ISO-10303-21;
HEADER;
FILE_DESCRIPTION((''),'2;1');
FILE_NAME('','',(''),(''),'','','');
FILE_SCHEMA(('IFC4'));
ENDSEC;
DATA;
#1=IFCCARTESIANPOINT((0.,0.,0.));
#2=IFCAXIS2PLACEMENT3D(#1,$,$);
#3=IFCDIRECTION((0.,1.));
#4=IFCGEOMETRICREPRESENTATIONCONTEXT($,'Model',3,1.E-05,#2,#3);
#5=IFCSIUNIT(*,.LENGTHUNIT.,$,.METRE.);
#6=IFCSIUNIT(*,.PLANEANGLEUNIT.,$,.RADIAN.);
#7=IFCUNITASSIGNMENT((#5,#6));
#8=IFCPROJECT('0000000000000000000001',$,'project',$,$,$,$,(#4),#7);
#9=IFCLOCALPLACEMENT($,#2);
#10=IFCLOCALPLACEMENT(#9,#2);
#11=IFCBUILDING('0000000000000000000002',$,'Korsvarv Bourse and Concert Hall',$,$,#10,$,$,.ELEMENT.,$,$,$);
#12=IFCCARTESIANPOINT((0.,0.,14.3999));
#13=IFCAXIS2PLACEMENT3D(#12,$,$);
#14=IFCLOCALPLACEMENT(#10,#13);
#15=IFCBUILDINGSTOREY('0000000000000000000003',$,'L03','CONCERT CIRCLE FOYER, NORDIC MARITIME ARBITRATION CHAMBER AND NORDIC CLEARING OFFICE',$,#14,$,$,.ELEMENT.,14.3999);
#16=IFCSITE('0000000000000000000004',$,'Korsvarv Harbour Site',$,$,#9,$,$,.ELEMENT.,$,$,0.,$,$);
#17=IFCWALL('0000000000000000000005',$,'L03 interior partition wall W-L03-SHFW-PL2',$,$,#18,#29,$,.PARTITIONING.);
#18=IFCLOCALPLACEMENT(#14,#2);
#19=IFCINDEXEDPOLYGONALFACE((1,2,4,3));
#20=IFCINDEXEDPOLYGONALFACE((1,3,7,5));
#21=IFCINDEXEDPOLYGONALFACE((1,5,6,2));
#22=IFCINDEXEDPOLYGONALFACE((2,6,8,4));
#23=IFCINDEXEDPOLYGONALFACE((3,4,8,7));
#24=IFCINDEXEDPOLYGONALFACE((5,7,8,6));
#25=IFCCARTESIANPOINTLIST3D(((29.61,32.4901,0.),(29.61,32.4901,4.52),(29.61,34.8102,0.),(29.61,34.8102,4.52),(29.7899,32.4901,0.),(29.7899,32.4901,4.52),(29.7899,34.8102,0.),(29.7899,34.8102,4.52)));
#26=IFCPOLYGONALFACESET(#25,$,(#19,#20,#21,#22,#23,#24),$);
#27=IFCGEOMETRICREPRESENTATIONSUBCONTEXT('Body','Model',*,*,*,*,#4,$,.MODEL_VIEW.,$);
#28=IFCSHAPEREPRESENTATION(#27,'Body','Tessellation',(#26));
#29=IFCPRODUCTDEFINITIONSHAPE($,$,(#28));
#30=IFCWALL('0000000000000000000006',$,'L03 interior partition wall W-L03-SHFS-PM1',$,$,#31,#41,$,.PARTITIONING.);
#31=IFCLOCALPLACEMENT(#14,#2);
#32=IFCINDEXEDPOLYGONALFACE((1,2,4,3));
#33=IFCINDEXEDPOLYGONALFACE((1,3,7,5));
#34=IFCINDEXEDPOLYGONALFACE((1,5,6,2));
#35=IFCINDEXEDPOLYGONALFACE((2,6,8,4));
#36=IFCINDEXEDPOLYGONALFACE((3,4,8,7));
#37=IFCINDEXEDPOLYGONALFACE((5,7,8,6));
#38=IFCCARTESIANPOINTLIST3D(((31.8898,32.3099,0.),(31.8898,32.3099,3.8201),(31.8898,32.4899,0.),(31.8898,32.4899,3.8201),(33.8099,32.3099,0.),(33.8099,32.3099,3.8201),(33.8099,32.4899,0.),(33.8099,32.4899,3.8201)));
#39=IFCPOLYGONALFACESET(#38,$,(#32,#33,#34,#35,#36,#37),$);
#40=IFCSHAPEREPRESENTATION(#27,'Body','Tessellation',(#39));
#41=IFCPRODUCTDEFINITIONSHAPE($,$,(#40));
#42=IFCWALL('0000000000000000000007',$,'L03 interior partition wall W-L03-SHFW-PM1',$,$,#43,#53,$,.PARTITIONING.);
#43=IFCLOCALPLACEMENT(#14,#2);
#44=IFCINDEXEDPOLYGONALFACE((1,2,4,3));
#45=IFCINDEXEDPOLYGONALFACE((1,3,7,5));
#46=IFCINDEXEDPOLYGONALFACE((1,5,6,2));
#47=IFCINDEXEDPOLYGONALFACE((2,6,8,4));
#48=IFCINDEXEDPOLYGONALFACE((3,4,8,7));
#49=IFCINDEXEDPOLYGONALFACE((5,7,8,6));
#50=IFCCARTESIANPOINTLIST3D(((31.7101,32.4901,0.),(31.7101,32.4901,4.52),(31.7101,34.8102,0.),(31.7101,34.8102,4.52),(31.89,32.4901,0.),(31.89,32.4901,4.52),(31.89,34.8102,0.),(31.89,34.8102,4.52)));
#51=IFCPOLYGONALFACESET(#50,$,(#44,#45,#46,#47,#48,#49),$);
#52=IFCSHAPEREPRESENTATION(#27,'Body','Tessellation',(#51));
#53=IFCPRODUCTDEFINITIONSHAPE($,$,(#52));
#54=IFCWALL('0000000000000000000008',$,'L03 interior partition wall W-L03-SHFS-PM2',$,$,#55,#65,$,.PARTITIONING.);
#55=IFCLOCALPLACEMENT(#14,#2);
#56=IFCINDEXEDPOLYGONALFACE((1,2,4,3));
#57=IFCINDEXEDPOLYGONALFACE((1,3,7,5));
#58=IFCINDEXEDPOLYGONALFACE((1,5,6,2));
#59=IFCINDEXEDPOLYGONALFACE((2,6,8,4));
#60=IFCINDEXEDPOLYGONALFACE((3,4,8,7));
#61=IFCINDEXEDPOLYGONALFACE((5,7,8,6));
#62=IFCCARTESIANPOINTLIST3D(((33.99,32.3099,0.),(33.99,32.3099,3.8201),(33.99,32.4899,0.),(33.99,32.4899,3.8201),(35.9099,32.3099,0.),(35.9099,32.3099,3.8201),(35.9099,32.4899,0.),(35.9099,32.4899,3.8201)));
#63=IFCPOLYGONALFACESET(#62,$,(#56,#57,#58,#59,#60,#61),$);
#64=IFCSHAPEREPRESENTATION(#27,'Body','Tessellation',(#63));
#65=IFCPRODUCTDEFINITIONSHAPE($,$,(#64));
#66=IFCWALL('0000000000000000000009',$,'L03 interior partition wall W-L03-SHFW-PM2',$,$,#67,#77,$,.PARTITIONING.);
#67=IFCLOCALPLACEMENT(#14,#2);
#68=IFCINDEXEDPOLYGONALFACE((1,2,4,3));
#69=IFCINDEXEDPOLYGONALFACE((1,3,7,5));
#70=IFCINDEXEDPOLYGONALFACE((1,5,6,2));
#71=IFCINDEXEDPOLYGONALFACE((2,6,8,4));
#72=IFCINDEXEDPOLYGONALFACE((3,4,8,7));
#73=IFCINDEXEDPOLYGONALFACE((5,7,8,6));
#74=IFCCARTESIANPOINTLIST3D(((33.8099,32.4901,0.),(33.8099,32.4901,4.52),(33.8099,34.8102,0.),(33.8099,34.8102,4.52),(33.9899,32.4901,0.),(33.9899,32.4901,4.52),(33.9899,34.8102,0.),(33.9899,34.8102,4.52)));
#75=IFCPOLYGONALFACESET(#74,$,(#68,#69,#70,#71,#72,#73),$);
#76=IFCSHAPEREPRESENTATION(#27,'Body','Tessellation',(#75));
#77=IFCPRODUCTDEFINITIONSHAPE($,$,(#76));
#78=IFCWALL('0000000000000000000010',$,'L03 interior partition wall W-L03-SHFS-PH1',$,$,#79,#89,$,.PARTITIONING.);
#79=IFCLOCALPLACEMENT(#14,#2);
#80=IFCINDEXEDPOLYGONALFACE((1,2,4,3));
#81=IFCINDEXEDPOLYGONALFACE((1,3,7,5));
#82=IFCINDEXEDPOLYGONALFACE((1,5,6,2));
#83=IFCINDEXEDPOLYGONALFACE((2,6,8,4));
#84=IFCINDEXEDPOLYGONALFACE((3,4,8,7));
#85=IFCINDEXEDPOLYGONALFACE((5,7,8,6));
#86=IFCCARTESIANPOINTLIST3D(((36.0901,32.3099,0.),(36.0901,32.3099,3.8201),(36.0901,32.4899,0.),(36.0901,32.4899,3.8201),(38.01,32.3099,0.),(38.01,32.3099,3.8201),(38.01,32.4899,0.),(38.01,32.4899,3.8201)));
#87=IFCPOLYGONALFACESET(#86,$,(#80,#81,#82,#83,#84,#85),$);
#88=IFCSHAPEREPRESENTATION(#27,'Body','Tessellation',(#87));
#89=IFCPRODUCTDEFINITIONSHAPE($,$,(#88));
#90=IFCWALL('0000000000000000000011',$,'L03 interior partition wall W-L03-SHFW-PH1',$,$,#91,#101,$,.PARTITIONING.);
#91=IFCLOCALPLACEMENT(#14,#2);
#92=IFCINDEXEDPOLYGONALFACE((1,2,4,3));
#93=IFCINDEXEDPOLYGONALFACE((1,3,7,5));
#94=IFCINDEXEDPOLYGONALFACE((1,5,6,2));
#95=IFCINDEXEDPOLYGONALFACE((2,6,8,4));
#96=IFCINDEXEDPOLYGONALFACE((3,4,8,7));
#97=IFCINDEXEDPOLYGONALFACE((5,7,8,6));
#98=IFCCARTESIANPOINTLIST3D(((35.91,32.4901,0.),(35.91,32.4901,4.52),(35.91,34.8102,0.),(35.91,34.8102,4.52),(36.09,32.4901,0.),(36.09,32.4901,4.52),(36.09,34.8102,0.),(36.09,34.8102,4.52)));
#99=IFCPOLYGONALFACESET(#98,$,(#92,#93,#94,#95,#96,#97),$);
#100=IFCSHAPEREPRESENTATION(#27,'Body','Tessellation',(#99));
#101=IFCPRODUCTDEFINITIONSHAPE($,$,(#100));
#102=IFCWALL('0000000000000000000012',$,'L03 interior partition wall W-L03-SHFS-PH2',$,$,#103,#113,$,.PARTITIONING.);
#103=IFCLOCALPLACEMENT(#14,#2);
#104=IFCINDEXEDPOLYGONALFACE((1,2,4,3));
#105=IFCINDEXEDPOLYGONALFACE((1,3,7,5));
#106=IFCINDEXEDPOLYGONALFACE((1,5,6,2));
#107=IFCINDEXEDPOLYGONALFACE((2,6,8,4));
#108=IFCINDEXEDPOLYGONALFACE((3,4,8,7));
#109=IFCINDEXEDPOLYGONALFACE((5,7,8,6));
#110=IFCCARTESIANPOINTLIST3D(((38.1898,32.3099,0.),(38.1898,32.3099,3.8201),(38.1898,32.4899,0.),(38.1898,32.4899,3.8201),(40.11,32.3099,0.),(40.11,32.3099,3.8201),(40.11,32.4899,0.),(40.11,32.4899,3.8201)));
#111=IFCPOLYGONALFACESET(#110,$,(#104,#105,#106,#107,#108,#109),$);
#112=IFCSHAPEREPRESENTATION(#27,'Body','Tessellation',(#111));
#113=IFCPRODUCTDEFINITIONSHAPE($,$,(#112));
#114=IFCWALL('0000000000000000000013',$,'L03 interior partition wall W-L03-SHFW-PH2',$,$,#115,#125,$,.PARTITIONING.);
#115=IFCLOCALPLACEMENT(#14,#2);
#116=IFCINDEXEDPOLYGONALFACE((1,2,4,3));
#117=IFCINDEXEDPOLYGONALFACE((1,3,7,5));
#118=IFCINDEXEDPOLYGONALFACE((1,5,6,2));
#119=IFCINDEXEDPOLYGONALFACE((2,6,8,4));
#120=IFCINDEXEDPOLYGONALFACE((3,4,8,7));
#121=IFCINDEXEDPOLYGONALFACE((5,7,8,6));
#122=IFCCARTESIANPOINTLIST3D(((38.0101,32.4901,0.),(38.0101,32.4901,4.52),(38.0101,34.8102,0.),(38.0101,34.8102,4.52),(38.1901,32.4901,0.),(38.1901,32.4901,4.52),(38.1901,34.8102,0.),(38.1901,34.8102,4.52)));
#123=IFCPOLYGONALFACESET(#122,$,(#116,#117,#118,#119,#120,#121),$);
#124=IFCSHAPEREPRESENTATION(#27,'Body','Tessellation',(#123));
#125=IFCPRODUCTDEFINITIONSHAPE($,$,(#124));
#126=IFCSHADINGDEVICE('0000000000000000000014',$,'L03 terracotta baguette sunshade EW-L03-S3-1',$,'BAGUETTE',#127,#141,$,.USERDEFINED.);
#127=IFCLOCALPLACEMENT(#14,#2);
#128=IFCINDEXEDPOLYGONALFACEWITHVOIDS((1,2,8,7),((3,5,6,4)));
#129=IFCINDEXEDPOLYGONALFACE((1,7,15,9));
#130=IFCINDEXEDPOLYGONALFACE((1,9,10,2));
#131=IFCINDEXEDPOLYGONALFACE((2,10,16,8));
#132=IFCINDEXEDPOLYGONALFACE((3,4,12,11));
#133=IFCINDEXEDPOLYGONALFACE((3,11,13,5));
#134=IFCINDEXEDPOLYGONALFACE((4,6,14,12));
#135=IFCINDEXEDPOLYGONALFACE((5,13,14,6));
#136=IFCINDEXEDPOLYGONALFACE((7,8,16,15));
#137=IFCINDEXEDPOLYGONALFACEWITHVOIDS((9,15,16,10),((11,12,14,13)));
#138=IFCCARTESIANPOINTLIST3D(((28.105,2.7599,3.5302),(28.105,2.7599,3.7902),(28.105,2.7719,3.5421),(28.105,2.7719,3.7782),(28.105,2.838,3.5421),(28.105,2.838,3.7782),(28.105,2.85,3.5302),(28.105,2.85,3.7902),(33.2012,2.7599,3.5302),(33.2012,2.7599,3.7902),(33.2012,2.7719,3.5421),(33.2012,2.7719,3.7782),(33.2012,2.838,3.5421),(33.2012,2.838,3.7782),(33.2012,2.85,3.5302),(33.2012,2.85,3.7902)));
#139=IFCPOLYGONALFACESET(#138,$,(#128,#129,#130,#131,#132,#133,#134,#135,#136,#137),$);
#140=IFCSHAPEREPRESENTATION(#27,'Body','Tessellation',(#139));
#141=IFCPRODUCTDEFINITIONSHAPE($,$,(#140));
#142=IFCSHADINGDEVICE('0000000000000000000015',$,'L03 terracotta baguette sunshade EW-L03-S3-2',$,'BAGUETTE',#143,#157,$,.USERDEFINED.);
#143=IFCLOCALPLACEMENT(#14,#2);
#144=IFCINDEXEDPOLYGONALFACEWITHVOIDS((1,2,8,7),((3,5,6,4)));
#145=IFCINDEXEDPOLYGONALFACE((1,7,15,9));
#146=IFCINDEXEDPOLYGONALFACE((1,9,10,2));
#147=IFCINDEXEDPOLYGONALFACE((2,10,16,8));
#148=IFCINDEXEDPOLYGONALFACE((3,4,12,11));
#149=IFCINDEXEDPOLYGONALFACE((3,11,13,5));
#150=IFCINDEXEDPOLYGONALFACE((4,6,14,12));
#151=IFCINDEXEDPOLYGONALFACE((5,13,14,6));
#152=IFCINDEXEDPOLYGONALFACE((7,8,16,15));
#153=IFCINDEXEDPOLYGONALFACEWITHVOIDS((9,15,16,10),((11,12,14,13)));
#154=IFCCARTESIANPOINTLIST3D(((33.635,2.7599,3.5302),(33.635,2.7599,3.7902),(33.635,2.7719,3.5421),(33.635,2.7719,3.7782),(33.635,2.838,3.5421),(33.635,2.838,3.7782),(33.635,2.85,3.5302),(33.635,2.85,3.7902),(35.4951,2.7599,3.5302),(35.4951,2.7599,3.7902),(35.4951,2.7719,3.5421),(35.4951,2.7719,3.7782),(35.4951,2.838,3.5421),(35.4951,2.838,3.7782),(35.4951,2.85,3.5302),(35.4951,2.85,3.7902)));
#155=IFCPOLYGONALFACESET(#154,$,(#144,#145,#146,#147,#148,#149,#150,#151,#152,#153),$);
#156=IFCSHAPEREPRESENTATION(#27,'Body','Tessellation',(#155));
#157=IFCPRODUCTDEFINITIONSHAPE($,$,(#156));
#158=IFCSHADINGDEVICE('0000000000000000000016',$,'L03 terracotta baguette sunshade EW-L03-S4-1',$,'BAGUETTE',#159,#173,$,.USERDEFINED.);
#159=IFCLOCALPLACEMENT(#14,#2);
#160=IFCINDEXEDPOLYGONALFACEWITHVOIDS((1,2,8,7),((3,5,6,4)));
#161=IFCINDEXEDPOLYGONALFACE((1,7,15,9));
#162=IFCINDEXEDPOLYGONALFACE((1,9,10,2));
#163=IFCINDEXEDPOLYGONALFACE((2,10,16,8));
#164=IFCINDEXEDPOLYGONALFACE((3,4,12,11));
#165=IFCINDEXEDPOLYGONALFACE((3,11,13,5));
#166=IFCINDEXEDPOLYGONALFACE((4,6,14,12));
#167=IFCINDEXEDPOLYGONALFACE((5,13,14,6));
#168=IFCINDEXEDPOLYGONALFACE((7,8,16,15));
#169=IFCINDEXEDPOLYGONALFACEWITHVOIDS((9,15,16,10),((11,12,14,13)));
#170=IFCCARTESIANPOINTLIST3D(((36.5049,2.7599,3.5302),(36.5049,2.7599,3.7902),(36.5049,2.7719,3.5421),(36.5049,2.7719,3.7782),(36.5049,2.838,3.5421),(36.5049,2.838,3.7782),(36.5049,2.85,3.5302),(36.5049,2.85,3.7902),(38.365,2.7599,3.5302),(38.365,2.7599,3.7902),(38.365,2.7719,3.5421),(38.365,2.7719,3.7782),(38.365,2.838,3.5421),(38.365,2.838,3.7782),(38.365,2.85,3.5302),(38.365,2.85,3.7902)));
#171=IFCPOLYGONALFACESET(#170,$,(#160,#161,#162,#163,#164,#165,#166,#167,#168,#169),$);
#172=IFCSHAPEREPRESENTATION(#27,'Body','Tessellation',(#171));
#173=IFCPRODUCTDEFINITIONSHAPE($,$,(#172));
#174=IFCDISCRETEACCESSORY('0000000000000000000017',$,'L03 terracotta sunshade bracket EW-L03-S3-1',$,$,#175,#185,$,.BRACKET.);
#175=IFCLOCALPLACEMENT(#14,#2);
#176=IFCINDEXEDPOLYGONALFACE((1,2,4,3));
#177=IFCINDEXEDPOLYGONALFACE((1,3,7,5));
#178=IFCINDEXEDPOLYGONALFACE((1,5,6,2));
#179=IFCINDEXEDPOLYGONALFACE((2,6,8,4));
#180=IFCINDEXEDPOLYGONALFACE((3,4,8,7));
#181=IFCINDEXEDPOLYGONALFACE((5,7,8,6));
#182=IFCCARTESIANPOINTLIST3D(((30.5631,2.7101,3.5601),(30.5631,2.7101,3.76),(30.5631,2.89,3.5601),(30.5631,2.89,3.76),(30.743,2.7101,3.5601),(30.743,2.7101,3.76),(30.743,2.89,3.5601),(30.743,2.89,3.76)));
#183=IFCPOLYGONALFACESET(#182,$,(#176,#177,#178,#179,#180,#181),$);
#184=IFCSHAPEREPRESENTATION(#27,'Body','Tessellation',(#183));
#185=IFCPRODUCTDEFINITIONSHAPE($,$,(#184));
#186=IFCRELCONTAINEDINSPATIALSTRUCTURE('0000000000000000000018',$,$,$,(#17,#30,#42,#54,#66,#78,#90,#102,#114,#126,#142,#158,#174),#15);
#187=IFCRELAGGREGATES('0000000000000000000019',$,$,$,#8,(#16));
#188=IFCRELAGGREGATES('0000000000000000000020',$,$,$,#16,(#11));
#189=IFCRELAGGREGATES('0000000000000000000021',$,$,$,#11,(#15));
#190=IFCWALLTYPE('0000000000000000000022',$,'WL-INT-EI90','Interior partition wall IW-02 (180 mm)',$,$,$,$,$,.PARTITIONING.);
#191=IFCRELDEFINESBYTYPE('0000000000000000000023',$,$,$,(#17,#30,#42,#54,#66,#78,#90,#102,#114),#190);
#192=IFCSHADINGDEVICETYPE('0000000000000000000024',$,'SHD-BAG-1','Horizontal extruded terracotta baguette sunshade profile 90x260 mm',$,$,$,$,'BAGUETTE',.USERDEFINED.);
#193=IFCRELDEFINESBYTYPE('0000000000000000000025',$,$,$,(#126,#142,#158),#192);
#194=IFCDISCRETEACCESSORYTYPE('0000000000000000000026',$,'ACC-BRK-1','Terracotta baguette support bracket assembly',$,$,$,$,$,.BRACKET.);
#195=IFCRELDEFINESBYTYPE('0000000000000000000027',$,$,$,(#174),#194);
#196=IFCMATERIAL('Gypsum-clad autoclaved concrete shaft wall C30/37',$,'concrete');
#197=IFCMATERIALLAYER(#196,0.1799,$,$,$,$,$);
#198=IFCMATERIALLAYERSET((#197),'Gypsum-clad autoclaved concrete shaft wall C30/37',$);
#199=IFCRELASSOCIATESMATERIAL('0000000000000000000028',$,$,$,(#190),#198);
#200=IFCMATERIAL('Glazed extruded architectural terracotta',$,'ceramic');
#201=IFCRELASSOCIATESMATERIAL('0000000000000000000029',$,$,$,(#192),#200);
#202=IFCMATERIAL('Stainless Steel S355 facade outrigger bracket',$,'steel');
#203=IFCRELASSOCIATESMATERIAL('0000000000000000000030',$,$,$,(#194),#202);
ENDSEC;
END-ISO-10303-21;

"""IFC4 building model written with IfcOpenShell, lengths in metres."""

from ifc_helpers import new_model, si_unit, direction, frame, frame_2d, origin, origin_2d, place, context, subcontext, project, spatial, rectangle, hollow_rectangle, extrude, source, transform, mapped, material, layer, layer_set, material_profile, profile_set, type_object, element, save


model = new_model("IFC4")

# Units and contexts
model_context = context("Model", 3, precision=1e-05, world=origin(), true_north=direction((0.0, 1.0)))
body_context = subcontext(model_context, "Body", "Model", "MODEL_VIEW")
ifc_project = project(units=[si_unit("LENGTHUNIT", "METRE"), si_unit("PLANEANGLEUNIT", "RADIAN")], contexts=[model_context])

# Site, building, storey
site_placement = place(None, origin())
site = spatial("IfcSite", under=ifc_project, at=site_placement, Name="Korsvarv Harbour Site", CompositionType="ELEMENT", RefElevation=0.0)
building_placement = place(site_placement, origin())
building = spatial("IfcBuilding", under=site, at=building_placement, Name="Korsvarv Bourse and Concert Hall", CompositionType="ELEMENT")
storey_placement = place(building_placement, frame((0.0, 0.0, 14.3999)))
storey = spatial("IfcBuildingStorey", under=building, at=storey_placement, Name="L03", Description="CONCERT CIRCLE FOYER, NORDIC MARITIME ARBITRATION CHAMBER AND NORDIC CLEARING OFFICE", CompositionType="ELEMENT", Elevation=14.3999)

# Walls
ifc_material_1 = material(Name="Gypsum-clad autoclaved concrete shaft wall C30/37", Category="concrete")
ifc_layer_1 = layer(ifc_material_1, 0.1799)
ifc_layer_set_1 = layer_set([ifc_layer_1], Name="Gypsum-clad autoclaved concrete shaft wall C30/37")
wall_type_1 = type_object("IfcWallType", Name="WL-INT-EI90", Description="Interior partition wall IW-02 (180 mm)", PredefinedType="PARTITIONING", material=ifc_layer_set_1)
wall_1_placement = place(storey_placement, frame((29.7, 32.49, 0.0), z_axis=(0.0, 0.0, 1.0), x_axis=(0.0, 1.0, 0.0)))
element("IfcWall", 1, at=wall_1_placement, inside=storey, type_object=wall_type_1, Name="L03 interior partition wall W-L03-SHFW-PL2", PredefinedType="PARTITIONING", context=body_context, shape_type="SweptSolid", body=[
    extrude(rectangle(XDim=2.3201, YDim=0.1799, at=frame_2d((1.1602, 0.0))), origin(), (0.0, 0.0, 1.0), 4.52),
])
wall_2_placement = place(storey_placement, frame((31.8899, 32.3999, 0.0), z_axis=(0.0, 0.0, 1.0), x_axis=(1.0, 0.0, 0.0)))
element("IfcWall", 2, at=wall_2_placement, inside=storey, type_object=wall_type_1, Name="L03 interior partition wall W-L03-SHFS-PM1", PredefinedType="PARTITIONING", context=body_context, shape_type="SweptSolid", body=[
    extrude(rectangle(XDim=1.9202, YDim=0.1799, at=frame_2d((0.96, 0.0))), origin(), (0.0, 0.0, 1.0), 3.8201),
])
wall_3_placement = place(storey_placement, frame((31.8, 32.49, 0.0), z_axis=(0.0, 0.0, 1.0), x_axis=(0.0, 1.0, 0.0)))
element("IfcWall", 3, at=wall_3_placement, inside=storey, type_object=wall_type_1, Name="L03 interior partition wall W-L03-SHFW-PM1", PredefinedType="PARTITIONING", context=body_context, shape_type="SweptSolid", body=[
    extrude(rectangle(XDim=2.3201, YDim=0.1799, at=frame_2d((1.1602, 0.0))), origin(), (0.0, 0.0, 1.0), 4.52),
])
wall_4_placement = place(storey_placement, frame((33.99, 32.3999, 0.0), z_axis=(0.0, 0.0, 1.0), x_axis=(1.0, 0.0, 0.0)))
element("IfcWall", 4, at=wall_4_placement, inside=storey, type_object=wall_type_1, Name="L03 interior partition wall W-L03-SHFS-PM2", PredefinedType="PARTITIONING", context=body_context, shape_type="SweptSolid", body=[
    extrude(rectangle(XDim=1.9199, YDim=0.1799, at=frame_2d((0.96, 0.0))), origin(), (0.0, 0.0, 1.0), 3.8201),
])
wall_5_placement = place(storey_placement, frame((33.8999, 32.49, 0.0), z_axis=(0.0, 0.0, 1.0), x_axis=(0.0, 1.0, 0.0)))
element("IfcWall", 5, at=wall_5_placement, inside=storey, type_object=wall_type_1, Name="L03 interior partition wall W-L03-SHFW-PM2", PredefinedType="PARTITIONING", context=body_context, shape_type="SweptSolid", body=[
    extrude(rectangle(XDim=2.3201, YDim=0.1799, at=frame_2d((1.1602, 0.0))), origin(), (0.0, 0.0, 1.0), 4.52),
])
wall_6_placement = place(storey_placement, frame((36.0901, 32.3999, 0.0), z_axis=(0.0, 0.0, 1.0), x_axis=(1.0, 0.0, 0.0)))
element("IfcWall", 6, at=wall_6_placement, inside=storey, type_object=wall_type_1, Name="L03 interior partition wall W-L03-SHFS-PH1", PredefinedType="PARTITIONING", context=body_context, shape_type="SweptSolid", body=[
    extrude(rectangle(XDim=1.9199, YDim=0.1799, at=frame_2d((0.96, 0.0))), origin(), (0.0, 0.0, 1.0), 3.8201),
])
wall_7_placement = place(storey_placement, frame((36.0, 32.49, 0.0), z_axis=(0.0, 0.0, 1.0), x_axis=(0.0, 1.0, 0.0)))
element("IfcWall", 7, at=wall_7_placement, inside=storey, type_object=wall_type_1, Name="L03 interior partition wall W-L03-SHFW-PH1", PredefinedType="PARTITIONING", context=body_context, shape_type="SweptSolid", body=[
    extrude(rectangle(XDim=2.3201, YDim=0.1799, at=frame_2d((1.1602, 0.0))), origin(), (0.0, 0.0, 1.0), 4.52),
])
wall_8_placement = place(storey_placement, frame((38.1899, 32.3999, 0.0), z_axis=(0.0, 0.0, 1.0), x_axis=(1.0, 0.0, 0.0)))
element("IfcWall", 8, at=wall_8_placement, inside=storey, type_object=wall_type_1, Name="L03 interior partition wall W-L03-SHFS-PH2", PredefinedType="PARTITIONING", context=body_context, shape_type="SweptSolid", body=[
    extrude(rectangle(XDim=1.9202, YDim=0.1799, at=frame_2d((0.96, 0.0))), origin(), (0.0, 0.0, 1.0), 3.8201),
])
wall_9_placement = place(storey_placement, frame((38.1001, 32.49, 0.0), z_axis=(0.0, 0.0, 1.0), x_axis=(0.0, 1.0, 0.0)))
element("IfcWall", 9, at=wall_9_placement, inside=storey, type_object=wall_type_1, Name="L03 interior partition wall W-L03-SHFW-PH2", PredefinedType="PARTITIONING", context=body_context, shape_type="SweptSolid", body=[
    extrude(rectangle(XDim=2.3201, YDim=0.1799, at=frame_2d((1.1602, 0.0))), origin(), (0.0, 0.0, 1.0), 4.52),
])

# Shading devices
ifc_material_2 = material(Name="Glazed extruded architectural terracotta", Category="ceramic")
ifc_material_profile_1 = material_profile(ifc_material_2, hollow_rectangle(XDim=0.0901, YDim=0.26, WallThickness=0.012, at=origin_2d()), Name="TC-BAG 90x260")
ifc_profile_set_1 = profile_set([ifc_material_profile_1], Name="Glazed extruded architectural terracotta")
shading_device_type = type_object("IfcShadingDeviceType", Name="SHD-BAG-1", Description="Horizontal extruded terracotta baguette sunshade profile 90x260 mm", ElementType="BAGUETTE", PredefinedType="USERDEFINED", material=ifc_profile_set_1)
shared_shape_1 = source(origin(), body_context, "Body", "SweptSolid", [
    extrude(hollow_rectangle(XDim=0.0901, YDim=0.26, WallThickness=0.012, at=origin_2d()), origin(), (0.0, 0.0, 1.0), 5.0962),
])
shading_device_placement = place(storey_placement, frame((28.105, 2.8049, 3.6602), z_axis=(1.0, 0.0, 0.0), x_axis=(0.0, 1.0, 0.0)))
element("IfcShadingDevice", 10, at=shading_device_placement, inside=storey, type_object=shading_device_type, Name="L03 terracotta baguette sunshade EW-L03-S3-1", ObjectType="BAGUETTE", PredefinedType="USERDEFINED", context=body_context, shape_type="MappedRepresentation", body=[
    mapped(shared_shape_1, transform((0.0, 0.0, 0.0), scale=1.0)),
])
shared_shape_2 = source(origin(), body_context, "Body", "SweptSolid", [
    extrude(hollow_rectangle(XDim=0.0901, YDim=0.26, WallThickness=0.012, at=origin_2d()), origin(), (0.0, 0.0, 1.0), 1.8601),
])
for number, where, z_axis, x_axis, name in (
    (11, (33.635, 2.8049, 3.6602), (1.0, 0.0, 0.0), (0.0, 1.0, 0.0), "L03 terracotta baguette sunshade EW-L03-S3-2"),
    (12, (36.5049, 2.8049, 3.6602), (1.0, 0.0, 0.0), (0.0, 1.0, 0.0), "L03 terracotta baguette sunshade EW-L03-S4-1"),
):
    element("IfcShadingDevice", number, at=place(storey_placement, frame(where, z_axis=z_axis, x_axis=x_axis)), inside=storey, type_object=shading_device_type, Name=name, ObjectType="BAGUETTE", PredefinedType="USERDEFINED", context=body_context, shape_type="MappedRepresentation", body=[
        mapped(shared_shape_2, transform((0.0, 0.0, 0.0), scale=1.0)),
    ])

# Discrete accessory
ifc_material_3 = material(Name="Stainless Steel S355 facade outrigger bracket", Category="steel")
discrete_accessory_type = type_object("IfcDiscreteAccessoryType", Name="ACC-BRK-1", Description="Terracotta baguette support bracket assembly", PredefinedType="BRACKET", material=ifc_material_3)
shared_shape_3 = source(origin(), body_context, "Body", "SweptSolid", [
    extrude(rectangle(XDim=0.1799, YDim=0.1799, at=origin_2d()), origin(), (0.0, 0.0, 1.0), 0.2),
])
for number, where, z_axis, x_axis, name in (
    (13, (30.6531, 2.8, 3.5601), (0.0, 0.0, 1.0), (1.0, 0.0, 0.0), "L03 terracotta sunshade bracket EW-L03-S3-1"),
):
    element("IfcDiscreteAccessory", number, at=place(storey_placement, frame(where, z_axis=z_axis, x_axis=x_axis)), inside=storey, type_object=discrete_accessory_type, Name=name, PredefinedType="BRACKET", context=body_context, shape_type="MappedRepresentation", body=[
        mapped(shared_shape_3, transform((0.0, 0.0, 0.0), scale=1.0)),
    ])

save(model, "model.ifc")
